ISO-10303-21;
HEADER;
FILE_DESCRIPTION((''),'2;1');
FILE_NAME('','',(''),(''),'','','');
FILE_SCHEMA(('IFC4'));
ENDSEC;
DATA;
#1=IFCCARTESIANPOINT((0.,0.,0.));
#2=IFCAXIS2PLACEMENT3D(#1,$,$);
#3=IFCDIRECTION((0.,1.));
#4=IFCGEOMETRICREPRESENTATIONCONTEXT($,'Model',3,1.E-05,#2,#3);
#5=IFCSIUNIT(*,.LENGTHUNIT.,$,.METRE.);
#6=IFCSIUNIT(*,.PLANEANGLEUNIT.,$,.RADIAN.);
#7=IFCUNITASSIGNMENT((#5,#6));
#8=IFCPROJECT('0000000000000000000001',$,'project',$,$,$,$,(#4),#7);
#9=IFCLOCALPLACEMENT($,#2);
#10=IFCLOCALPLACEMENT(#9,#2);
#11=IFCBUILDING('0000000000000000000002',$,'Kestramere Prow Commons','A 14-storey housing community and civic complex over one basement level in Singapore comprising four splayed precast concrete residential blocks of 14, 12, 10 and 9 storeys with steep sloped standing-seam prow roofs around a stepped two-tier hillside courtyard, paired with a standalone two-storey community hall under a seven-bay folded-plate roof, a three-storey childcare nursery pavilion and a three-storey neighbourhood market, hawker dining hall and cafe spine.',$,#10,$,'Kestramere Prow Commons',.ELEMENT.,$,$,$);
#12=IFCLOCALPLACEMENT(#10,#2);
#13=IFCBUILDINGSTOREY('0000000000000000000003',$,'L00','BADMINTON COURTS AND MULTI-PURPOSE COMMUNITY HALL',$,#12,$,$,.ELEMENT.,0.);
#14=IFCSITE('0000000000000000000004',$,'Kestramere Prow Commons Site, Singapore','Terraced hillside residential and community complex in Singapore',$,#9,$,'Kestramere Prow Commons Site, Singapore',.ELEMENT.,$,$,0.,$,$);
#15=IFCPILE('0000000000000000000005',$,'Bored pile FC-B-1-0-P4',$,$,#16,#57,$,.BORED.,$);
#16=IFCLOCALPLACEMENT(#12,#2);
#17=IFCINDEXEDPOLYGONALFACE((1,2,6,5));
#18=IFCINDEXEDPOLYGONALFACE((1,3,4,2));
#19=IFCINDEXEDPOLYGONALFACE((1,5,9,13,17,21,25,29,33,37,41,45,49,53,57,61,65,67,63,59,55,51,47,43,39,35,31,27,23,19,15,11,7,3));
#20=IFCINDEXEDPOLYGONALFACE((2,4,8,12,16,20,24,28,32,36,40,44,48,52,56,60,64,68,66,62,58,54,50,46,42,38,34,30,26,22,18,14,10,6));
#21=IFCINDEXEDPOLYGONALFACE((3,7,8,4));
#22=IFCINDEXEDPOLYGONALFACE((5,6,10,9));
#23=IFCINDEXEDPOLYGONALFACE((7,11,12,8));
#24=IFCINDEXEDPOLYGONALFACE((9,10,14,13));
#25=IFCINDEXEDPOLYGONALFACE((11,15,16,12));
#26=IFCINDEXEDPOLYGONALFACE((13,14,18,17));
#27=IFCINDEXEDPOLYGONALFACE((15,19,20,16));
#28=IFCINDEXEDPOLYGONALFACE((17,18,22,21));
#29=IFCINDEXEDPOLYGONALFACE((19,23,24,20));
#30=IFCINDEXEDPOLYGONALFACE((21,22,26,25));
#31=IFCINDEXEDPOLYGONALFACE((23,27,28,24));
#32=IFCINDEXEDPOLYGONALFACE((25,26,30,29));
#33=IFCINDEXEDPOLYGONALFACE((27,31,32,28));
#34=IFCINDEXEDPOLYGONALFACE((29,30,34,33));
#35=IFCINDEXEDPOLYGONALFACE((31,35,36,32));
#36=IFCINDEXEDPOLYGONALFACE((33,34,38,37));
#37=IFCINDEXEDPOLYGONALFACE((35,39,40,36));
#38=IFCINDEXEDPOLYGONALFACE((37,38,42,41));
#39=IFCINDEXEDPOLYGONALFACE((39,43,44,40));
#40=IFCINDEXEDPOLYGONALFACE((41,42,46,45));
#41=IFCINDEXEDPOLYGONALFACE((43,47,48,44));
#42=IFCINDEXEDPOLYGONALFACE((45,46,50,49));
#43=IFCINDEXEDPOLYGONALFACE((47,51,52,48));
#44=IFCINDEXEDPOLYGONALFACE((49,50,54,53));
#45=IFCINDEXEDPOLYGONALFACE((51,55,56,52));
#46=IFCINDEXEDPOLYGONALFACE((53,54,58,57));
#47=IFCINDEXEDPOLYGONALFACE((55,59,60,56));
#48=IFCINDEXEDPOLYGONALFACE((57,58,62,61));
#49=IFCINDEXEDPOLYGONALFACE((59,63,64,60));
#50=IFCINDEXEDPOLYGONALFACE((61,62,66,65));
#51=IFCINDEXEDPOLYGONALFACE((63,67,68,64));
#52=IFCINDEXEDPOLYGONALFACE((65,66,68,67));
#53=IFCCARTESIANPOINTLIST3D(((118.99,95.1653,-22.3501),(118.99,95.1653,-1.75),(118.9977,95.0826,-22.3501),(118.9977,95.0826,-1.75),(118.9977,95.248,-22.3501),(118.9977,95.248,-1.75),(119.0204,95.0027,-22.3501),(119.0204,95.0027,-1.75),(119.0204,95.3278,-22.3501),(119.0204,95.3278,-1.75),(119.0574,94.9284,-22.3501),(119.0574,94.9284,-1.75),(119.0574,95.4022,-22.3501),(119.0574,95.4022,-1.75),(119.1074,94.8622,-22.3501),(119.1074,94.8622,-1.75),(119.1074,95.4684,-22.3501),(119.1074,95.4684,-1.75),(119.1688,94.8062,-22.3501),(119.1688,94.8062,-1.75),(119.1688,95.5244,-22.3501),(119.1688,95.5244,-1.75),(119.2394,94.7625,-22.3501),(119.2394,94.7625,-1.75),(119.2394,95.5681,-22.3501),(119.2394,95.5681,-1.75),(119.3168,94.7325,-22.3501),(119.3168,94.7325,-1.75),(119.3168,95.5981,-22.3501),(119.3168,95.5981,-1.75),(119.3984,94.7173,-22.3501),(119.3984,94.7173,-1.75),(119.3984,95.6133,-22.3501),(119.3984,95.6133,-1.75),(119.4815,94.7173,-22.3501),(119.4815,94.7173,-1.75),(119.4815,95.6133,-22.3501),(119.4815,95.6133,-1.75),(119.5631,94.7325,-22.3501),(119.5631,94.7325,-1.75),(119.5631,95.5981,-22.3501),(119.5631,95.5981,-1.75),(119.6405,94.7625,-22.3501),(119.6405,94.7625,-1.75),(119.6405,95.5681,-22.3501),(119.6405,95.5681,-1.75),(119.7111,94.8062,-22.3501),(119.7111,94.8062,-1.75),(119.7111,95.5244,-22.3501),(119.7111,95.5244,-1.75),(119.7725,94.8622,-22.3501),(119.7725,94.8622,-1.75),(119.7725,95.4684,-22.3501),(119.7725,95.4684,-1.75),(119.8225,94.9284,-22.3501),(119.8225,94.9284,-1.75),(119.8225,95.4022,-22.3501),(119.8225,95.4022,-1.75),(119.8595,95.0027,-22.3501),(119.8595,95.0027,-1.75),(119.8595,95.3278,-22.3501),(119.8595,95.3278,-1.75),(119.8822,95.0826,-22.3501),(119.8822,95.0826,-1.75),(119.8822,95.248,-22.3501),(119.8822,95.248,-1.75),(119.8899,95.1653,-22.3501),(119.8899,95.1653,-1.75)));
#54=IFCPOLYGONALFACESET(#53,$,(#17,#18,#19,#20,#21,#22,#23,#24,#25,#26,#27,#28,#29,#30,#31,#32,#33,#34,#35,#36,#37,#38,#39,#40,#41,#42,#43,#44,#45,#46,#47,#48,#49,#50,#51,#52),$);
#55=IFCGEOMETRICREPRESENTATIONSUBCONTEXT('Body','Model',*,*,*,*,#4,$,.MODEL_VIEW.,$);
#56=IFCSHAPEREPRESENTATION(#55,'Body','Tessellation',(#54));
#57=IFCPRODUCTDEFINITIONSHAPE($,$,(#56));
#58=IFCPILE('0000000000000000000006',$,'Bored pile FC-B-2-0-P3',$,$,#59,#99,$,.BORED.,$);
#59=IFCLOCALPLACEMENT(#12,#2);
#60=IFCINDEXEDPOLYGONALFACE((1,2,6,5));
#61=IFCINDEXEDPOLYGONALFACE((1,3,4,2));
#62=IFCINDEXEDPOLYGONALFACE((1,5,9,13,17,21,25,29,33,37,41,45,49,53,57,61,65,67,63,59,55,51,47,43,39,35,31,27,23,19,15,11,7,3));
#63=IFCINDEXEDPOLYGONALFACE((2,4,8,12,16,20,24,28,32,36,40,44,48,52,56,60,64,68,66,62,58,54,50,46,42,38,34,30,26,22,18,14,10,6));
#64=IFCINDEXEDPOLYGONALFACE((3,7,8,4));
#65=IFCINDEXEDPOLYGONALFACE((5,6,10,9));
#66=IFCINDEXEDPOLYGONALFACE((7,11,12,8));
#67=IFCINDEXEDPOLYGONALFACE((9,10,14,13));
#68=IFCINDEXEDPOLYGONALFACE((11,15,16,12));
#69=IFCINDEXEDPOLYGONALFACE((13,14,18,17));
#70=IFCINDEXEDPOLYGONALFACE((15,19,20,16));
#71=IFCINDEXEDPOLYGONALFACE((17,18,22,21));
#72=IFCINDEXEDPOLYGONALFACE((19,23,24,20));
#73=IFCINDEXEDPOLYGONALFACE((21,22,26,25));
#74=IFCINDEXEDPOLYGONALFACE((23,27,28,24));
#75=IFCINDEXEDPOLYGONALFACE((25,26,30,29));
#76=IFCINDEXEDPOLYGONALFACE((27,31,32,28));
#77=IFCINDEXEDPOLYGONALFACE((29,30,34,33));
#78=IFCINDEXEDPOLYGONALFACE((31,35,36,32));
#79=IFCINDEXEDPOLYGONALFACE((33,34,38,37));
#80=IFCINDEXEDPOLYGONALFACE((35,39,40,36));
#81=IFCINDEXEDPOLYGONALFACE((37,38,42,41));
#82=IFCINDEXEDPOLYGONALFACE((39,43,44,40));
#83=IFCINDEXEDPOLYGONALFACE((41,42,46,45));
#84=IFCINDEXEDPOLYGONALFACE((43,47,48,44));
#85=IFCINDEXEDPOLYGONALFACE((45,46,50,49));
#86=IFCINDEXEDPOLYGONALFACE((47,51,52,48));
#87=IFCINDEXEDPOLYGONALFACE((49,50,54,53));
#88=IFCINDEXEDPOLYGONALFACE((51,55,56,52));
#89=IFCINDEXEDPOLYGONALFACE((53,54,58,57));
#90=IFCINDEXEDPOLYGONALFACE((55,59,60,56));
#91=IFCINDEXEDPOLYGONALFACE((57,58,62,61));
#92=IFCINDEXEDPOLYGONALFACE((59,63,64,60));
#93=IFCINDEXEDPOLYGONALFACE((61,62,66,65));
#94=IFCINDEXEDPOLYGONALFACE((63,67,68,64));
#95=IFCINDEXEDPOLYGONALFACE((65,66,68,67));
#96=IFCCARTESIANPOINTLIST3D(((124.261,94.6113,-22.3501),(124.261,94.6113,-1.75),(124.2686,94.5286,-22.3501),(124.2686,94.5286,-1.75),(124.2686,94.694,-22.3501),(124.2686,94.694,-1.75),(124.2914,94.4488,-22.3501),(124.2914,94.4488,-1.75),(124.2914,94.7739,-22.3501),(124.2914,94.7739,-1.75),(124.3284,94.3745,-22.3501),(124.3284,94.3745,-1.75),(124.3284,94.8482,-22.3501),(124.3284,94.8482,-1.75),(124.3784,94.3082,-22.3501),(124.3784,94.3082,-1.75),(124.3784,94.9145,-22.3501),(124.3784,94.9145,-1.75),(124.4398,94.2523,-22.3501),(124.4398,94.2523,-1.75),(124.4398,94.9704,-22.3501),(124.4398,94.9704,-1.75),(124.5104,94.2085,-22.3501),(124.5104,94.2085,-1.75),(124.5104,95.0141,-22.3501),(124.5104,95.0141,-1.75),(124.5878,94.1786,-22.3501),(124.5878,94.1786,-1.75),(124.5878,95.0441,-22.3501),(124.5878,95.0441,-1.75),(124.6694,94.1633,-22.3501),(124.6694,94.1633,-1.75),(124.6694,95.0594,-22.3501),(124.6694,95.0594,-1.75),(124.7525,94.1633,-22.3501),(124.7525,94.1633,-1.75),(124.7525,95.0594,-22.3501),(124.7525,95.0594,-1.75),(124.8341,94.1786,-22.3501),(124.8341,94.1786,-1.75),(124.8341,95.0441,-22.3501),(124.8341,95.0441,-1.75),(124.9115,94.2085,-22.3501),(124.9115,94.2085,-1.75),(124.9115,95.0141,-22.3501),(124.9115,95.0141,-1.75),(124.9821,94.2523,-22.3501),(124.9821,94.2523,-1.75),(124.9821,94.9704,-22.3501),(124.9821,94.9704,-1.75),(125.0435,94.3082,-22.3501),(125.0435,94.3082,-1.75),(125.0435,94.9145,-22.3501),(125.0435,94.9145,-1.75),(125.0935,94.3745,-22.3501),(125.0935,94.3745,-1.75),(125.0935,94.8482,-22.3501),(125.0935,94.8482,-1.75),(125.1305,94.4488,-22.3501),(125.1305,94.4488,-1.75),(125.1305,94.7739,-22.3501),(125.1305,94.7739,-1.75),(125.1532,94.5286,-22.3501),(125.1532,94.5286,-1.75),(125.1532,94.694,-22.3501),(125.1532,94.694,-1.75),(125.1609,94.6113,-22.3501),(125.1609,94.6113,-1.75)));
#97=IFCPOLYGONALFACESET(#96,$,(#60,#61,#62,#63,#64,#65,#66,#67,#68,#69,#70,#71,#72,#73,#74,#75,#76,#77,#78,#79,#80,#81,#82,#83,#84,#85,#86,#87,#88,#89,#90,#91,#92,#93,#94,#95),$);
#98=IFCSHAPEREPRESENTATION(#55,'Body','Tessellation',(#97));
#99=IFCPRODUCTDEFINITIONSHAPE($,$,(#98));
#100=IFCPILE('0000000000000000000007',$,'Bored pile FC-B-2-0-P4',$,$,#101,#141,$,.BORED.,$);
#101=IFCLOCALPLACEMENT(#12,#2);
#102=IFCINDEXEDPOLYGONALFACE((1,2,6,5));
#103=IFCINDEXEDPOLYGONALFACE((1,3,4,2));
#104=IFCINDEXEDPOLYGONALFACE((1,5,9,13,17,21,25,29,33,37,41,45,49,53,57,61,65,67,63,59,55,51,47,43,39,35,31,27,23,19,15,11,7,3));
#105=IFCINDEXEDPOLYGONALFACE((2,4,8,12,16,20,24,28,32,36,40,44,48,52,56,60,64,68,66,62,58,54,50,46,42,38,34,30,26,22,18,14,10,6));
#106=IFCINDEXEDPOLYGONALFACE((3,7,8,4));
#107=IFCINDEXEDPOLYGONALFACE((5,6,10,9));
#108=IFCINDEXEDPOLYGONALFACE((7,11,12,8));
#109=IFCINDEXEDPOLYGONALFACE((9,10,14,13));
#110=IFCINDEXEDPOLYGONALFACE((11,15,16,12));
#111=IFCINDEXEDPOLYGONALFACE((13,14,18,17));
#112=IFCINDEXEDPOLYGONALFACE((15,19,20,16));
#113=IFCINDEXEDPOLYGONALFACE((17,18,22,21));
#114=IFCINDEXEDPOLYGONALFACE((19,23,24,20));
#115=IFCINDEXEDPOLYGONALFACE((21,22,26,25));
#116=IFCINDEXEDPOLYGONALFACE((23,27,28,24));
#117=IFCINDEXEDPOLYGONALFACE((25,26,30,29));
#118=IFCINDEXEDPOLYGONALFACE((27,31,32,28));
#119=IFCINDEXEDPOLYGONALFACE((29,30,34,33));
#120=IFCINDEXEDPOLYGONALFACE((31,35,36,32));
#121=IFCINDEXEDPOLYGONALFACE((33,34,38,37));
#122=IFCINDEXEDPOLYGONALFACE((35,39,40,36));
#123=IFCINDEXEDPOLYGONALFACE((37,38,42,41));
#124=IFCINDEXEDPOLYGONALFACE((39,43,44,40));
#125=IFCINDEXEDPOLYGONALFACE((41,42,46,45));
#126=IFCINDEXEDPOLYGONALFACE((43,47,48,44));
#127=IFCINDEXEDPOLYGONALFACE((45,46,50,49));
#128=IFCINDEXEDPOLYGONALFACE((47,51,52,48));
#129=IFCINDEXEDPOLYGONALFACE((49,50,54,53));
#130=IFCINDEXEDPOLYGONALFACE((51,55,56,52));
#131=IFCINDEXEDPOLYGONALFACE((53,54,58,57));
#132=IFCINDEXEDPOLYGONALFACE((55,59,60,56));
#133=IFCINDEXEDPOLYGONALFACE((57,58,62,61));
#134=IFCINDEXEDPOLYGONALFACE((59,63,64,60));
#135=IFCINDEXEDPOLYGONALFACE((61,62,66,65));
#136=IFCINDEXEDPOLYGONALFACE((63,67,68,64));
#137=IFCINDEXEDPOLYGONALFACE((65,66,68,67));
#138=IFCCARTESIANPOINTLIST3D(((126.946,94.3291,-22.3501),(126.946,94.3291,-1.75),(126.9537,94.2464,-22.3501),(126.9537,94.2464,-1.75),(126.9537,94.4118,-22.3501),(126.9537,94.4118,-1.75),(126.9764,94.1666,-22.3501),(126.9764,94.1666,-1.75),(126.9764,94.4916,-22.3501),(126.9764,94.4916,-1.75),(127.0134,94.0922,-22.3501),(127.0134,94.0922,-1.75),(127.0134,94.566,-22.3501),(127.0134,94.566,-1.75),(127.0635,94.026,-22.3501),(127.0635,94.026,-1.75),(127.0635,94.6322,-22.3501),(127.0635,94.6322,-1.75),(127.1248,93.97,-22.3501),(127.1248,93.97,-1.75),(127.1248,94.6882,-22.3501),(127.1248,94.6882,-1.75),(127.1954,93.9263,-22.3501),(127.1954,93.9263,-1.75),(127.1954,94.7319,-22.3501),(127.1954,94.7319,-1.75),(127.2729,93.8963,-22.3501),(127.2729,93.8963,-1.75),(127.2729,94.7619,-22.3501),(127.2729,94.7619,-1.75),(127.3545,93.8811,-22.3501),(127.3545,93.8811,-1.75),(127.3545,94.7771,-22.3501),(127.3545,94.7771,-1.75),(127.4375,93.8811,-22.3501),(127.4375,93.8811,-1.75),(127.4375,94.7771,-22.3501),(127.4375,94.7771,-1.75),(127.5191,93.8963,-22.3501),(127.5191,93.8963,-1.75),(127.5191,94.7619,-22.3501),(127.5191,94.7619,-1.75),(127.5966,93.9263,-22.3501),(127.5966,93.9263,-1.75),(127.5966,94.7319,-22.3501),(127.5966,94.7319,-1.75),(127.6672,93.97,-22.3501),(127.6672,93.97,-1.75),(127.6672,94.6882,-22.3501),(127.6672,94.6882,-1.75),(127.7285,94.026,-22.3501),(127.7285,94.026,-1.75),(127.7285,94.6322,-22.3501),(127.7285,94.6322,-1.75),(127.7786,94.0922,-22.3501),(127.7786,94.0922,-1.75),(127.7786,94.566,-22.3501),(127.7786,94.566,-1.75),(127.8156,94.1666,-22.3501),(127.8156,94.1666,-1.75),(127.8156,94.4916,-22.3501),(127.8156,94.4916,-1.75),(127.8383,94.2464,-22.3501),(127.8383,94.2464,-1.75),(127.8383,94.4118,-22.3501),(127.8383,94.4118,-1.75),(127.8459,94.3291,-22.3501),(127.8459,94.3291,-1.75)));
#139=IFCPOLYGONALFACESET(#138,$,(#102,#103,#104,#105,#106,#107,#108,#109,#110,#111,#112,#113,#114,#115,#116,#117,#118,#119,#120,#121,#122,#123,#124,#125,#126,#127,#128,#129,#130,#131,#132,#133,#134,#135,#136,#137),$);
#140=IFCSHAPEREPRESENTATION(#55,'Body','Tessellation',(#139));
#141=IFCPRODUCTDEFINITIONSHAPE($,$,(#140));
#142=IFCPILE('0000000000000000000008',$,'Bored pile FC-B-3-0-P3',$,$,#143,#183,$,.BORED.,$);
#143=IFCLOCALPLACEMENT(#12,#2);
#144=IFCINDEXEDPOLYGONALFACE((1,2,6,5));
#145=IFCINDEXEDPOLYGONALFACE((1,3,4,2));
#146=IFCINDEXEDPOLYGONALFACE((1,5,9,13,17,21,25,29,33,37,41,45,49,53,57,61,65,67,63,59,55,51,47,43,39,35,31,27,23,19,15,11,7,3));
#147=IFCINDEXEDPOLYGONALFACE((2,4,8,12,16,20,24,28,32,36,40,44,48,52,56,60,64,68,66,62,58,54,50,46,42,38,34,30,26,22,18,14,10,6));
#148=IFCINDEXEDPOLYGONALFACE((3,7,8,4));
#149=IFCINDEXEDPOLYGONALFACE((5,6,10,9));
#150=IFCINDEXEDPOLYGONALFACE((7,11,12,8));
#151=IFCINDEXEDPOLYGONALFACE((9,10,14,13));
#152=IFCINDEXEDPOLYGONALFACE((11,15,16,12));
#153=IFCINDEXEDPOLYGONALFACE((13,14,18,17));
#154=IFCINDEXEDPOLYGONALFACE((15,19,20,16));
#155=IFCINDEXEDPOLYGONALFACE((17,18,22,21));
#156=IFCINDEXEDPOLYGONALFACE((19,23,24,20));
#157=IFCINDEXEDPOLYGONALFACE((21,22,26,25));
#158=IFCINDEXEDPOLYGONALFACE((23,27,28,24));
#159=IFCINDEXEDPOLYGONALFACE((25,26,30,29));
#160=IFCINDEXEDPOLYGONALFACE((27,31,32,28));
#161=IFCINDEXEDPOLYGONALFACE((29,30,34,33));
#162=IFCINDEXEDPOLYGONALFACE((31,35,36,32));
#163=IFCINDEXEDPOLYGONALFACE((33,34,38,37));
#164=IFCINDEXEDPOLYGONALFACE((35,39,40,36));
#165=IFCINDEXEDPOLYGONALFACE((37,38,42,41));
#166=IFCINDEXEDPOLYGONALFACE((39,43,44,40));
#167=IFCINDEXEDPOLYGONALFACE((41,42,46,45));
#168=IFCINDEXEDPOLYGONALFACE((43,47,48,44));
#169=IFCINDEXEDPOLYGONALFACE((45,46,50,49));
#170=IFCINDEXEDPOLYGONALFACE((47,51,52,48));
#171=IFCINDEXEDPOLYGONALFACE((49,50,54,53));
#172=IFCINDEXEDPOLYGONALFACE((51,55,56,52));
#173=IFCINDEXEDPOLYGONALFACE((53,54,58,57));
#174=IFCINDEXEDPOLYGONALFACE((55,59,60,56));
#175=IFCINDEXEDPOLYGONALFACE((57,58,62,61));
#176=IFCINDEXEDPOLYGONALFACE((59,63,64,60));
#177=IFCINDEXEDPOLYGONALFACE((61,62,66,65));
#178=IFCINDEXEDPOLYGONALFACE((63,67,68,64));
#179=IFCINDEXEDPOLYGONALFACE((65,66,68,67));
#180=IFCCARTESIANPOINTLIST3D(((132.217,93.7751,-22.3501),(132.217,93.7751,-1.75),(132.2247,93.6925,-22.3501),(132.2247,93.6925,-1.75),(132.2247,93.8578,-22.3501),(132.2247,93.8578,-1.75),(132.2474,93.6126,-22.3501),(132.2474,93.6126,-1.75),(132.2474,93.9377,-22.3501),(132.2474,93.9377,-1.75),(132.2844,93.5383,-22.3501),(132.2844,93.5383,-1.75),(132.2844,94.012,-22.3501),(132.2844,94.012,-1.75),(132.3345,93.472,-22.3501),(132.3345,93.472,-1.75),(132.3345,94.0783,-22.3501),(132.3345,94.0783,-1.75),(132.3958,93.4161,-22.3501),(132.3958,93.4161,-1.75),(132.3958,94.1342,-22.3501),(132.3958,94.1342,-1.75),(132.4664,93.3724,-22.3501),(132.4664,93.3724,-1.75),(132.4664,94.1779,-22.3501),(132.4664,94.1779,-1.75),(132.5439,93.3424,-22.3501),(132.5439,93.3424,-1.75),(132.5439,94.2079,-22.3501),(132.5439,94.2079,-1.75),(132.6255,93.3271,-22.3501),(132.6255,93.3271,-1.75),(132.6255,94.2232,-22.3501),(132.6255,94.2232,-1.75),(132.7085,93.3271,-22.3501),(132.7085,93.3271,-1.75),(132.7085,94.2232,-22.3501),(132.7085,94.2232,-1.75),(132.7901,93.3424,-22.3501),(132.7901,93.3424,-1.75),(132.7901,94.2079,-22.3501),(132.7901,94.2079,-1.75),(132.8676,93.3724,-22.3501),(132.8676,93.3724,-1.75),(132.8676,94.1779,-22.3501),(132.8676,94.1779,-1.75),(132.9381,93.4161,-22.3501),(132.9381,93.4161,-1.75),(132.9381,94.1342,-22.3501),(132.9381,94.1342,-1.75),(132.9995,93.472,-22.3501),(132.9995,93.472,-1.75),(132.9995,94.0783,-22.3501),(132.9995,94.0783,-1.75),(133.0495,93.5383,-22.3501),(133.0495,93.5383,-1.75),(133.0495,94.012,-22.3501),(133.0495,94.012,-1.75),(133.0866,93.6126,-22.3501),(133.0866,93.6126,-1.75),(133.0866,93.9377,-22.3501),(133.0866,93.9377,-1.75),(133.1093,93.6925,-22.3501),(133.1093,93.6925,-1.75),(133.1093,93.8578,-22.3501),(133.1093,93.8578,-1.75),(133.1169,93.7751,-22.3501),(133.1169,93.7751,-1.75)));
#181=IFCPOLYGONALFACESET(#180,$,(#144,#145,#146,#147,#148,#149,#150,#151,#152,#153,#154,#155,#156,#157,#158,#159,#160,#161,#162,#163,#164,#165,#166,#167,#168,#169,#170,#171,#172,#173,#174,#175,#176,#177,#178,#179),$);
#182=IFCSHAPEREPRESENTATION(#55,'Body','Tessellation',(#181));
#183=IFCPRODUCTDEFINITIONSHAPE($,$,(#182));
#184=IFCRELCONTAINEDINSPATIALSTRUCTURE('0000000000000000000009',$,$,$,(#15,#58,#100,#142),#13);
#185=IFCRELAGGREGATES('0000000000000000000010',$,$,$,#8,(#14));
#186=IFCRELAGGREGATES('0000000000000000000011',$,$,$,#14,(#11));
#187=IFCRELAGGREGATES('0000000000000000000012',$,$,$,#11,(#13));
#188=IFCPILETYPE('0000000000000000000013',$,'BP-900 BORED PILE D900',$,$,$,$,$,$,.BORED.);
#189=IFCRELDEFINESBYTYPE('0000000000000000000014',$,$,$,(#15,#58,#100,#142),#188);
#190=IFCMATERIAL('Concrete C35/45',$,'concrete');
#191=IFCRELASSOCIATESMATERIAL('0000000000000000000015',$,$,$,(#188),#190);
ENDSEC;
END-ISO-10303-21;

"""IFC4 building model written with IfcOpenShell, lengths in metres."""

from ifc_helpers import new_model, si_unit, direction, frame, origin, origin_2d, place, context, subcontext, project, spatial, circle, extrude, material, material_profile, profile_set, type_object, element, save


model = new_model("IFC4")

# Units and contexts
model_context = context("Model", 3, precision=1e-05, world=origin(), true_north=direction((0.0, 1.0)))
body_context = subcontext(model_context, "Body", "Model", "MODEL_VIEW")
ifc_project = project(units=[si_unit("LENGTHUNIT", "METRE"), si_unit("PLANEANGLEUNIT", "RADIAN")], contexts=[model_context])

# Site, building, storey
site_placement = place(None, origin())
site = spatial("IfcSite", under=ifc_project, at=site_placement, Name="Kestramere Prow Commons Site, Singapore", Description="Terraced hillside residential and community complex in Singapore", LongName="Kestramere Prow Commons Site, Singapore", CompositionType="ELEMENT", RefElevation=0.0)
building_placement = place(site_placement, origin())
building = spatial("IfcBuilding", under=site, at=building_placement, Name="Kestramere Prow Commons", Description="A 14-storey housing community and civic complex over one basement level in Singapore comprising four splayed precast concrete residential blocks of 14, 12, 10 and 9 storeys with steep sloped standing-seam prow roofs around a stepped two-tier hillside courtyard, paired with a standalone two-storey community hall under a seven-bay folded-plate roof, a three-storey childcare nursery pavilion and a three-storey neighbourhood market, hawker dining hall and cafe spine.", LongName="Kestramere Prow Commons", CompositionType="ELEMENT")
storey_placement = place(building_placement, origin())
storey = spatial("IfcBuildingStorey", under=building, at=storey_placement, Name="L00", Description="BADMINTON COURTS AND MULTI-PURPOSE COMMUNITY HALL", CompositionType="ELEMENT", Elevation=0.0)

# Piles
ifc_material_1 = material(Name="Concrete C35/45", Category="concrete")
ifc_material_profile_1 = material_profile(ifc_material_1, circle(Radius=0.45, at=origin_2d()), Name="BORED PILE D900")
ifc_profile_set_1 = profile_set([ifc_material_profile_1], Name="Concrete C35/45")
pile_type = type_object("IfcPileType", Name="BP-900 BORED PILE D900", PredefinedType="BORED", material=ifc_profile_set_1)
for number, where, z_axis, x_axis, name in (
    (1, (119.4399, 95.1653, -1.75), (0.0, 0.0, -1.0), (1.0, 0.0, 0.0), "Bored pile FC-B-1-0-P4"),
    (2, (124.7109, 94.6113, -1.75), (0.0, 0.0, -1.0), (1.0, 0.0, 0.0), "Bored pile FC-B-2-0-P3"),
    (3, (127.396, 94.3291, -1.75), (0.0, 0.0, -1.0), (1.0, 0.0, 0.0), "Bored pile FC-B-2-0-P4"),
    (4, (132.667, 93.7751, -1.75), (0.0, 0.0, -1.0), (1.0, 0.0, 0.0), "Bored pile FC-B-3-0-P3"),
):
    element("IfcPile", number, at=place(storey_placement, frame(where, z_axis=z_axis, x_axis=x_axis)), inside=storey, type_object=pile_type, Name=name, PredefinedType="BORED", context=body_context, shape_type="SweptSolid", body=[
        extrude(circle(Radius=0.45, at=origin_2d()), origin(), (0.0, 0.0, 1.0), 20.6001),
    ])

save(model, "model.ifc")
